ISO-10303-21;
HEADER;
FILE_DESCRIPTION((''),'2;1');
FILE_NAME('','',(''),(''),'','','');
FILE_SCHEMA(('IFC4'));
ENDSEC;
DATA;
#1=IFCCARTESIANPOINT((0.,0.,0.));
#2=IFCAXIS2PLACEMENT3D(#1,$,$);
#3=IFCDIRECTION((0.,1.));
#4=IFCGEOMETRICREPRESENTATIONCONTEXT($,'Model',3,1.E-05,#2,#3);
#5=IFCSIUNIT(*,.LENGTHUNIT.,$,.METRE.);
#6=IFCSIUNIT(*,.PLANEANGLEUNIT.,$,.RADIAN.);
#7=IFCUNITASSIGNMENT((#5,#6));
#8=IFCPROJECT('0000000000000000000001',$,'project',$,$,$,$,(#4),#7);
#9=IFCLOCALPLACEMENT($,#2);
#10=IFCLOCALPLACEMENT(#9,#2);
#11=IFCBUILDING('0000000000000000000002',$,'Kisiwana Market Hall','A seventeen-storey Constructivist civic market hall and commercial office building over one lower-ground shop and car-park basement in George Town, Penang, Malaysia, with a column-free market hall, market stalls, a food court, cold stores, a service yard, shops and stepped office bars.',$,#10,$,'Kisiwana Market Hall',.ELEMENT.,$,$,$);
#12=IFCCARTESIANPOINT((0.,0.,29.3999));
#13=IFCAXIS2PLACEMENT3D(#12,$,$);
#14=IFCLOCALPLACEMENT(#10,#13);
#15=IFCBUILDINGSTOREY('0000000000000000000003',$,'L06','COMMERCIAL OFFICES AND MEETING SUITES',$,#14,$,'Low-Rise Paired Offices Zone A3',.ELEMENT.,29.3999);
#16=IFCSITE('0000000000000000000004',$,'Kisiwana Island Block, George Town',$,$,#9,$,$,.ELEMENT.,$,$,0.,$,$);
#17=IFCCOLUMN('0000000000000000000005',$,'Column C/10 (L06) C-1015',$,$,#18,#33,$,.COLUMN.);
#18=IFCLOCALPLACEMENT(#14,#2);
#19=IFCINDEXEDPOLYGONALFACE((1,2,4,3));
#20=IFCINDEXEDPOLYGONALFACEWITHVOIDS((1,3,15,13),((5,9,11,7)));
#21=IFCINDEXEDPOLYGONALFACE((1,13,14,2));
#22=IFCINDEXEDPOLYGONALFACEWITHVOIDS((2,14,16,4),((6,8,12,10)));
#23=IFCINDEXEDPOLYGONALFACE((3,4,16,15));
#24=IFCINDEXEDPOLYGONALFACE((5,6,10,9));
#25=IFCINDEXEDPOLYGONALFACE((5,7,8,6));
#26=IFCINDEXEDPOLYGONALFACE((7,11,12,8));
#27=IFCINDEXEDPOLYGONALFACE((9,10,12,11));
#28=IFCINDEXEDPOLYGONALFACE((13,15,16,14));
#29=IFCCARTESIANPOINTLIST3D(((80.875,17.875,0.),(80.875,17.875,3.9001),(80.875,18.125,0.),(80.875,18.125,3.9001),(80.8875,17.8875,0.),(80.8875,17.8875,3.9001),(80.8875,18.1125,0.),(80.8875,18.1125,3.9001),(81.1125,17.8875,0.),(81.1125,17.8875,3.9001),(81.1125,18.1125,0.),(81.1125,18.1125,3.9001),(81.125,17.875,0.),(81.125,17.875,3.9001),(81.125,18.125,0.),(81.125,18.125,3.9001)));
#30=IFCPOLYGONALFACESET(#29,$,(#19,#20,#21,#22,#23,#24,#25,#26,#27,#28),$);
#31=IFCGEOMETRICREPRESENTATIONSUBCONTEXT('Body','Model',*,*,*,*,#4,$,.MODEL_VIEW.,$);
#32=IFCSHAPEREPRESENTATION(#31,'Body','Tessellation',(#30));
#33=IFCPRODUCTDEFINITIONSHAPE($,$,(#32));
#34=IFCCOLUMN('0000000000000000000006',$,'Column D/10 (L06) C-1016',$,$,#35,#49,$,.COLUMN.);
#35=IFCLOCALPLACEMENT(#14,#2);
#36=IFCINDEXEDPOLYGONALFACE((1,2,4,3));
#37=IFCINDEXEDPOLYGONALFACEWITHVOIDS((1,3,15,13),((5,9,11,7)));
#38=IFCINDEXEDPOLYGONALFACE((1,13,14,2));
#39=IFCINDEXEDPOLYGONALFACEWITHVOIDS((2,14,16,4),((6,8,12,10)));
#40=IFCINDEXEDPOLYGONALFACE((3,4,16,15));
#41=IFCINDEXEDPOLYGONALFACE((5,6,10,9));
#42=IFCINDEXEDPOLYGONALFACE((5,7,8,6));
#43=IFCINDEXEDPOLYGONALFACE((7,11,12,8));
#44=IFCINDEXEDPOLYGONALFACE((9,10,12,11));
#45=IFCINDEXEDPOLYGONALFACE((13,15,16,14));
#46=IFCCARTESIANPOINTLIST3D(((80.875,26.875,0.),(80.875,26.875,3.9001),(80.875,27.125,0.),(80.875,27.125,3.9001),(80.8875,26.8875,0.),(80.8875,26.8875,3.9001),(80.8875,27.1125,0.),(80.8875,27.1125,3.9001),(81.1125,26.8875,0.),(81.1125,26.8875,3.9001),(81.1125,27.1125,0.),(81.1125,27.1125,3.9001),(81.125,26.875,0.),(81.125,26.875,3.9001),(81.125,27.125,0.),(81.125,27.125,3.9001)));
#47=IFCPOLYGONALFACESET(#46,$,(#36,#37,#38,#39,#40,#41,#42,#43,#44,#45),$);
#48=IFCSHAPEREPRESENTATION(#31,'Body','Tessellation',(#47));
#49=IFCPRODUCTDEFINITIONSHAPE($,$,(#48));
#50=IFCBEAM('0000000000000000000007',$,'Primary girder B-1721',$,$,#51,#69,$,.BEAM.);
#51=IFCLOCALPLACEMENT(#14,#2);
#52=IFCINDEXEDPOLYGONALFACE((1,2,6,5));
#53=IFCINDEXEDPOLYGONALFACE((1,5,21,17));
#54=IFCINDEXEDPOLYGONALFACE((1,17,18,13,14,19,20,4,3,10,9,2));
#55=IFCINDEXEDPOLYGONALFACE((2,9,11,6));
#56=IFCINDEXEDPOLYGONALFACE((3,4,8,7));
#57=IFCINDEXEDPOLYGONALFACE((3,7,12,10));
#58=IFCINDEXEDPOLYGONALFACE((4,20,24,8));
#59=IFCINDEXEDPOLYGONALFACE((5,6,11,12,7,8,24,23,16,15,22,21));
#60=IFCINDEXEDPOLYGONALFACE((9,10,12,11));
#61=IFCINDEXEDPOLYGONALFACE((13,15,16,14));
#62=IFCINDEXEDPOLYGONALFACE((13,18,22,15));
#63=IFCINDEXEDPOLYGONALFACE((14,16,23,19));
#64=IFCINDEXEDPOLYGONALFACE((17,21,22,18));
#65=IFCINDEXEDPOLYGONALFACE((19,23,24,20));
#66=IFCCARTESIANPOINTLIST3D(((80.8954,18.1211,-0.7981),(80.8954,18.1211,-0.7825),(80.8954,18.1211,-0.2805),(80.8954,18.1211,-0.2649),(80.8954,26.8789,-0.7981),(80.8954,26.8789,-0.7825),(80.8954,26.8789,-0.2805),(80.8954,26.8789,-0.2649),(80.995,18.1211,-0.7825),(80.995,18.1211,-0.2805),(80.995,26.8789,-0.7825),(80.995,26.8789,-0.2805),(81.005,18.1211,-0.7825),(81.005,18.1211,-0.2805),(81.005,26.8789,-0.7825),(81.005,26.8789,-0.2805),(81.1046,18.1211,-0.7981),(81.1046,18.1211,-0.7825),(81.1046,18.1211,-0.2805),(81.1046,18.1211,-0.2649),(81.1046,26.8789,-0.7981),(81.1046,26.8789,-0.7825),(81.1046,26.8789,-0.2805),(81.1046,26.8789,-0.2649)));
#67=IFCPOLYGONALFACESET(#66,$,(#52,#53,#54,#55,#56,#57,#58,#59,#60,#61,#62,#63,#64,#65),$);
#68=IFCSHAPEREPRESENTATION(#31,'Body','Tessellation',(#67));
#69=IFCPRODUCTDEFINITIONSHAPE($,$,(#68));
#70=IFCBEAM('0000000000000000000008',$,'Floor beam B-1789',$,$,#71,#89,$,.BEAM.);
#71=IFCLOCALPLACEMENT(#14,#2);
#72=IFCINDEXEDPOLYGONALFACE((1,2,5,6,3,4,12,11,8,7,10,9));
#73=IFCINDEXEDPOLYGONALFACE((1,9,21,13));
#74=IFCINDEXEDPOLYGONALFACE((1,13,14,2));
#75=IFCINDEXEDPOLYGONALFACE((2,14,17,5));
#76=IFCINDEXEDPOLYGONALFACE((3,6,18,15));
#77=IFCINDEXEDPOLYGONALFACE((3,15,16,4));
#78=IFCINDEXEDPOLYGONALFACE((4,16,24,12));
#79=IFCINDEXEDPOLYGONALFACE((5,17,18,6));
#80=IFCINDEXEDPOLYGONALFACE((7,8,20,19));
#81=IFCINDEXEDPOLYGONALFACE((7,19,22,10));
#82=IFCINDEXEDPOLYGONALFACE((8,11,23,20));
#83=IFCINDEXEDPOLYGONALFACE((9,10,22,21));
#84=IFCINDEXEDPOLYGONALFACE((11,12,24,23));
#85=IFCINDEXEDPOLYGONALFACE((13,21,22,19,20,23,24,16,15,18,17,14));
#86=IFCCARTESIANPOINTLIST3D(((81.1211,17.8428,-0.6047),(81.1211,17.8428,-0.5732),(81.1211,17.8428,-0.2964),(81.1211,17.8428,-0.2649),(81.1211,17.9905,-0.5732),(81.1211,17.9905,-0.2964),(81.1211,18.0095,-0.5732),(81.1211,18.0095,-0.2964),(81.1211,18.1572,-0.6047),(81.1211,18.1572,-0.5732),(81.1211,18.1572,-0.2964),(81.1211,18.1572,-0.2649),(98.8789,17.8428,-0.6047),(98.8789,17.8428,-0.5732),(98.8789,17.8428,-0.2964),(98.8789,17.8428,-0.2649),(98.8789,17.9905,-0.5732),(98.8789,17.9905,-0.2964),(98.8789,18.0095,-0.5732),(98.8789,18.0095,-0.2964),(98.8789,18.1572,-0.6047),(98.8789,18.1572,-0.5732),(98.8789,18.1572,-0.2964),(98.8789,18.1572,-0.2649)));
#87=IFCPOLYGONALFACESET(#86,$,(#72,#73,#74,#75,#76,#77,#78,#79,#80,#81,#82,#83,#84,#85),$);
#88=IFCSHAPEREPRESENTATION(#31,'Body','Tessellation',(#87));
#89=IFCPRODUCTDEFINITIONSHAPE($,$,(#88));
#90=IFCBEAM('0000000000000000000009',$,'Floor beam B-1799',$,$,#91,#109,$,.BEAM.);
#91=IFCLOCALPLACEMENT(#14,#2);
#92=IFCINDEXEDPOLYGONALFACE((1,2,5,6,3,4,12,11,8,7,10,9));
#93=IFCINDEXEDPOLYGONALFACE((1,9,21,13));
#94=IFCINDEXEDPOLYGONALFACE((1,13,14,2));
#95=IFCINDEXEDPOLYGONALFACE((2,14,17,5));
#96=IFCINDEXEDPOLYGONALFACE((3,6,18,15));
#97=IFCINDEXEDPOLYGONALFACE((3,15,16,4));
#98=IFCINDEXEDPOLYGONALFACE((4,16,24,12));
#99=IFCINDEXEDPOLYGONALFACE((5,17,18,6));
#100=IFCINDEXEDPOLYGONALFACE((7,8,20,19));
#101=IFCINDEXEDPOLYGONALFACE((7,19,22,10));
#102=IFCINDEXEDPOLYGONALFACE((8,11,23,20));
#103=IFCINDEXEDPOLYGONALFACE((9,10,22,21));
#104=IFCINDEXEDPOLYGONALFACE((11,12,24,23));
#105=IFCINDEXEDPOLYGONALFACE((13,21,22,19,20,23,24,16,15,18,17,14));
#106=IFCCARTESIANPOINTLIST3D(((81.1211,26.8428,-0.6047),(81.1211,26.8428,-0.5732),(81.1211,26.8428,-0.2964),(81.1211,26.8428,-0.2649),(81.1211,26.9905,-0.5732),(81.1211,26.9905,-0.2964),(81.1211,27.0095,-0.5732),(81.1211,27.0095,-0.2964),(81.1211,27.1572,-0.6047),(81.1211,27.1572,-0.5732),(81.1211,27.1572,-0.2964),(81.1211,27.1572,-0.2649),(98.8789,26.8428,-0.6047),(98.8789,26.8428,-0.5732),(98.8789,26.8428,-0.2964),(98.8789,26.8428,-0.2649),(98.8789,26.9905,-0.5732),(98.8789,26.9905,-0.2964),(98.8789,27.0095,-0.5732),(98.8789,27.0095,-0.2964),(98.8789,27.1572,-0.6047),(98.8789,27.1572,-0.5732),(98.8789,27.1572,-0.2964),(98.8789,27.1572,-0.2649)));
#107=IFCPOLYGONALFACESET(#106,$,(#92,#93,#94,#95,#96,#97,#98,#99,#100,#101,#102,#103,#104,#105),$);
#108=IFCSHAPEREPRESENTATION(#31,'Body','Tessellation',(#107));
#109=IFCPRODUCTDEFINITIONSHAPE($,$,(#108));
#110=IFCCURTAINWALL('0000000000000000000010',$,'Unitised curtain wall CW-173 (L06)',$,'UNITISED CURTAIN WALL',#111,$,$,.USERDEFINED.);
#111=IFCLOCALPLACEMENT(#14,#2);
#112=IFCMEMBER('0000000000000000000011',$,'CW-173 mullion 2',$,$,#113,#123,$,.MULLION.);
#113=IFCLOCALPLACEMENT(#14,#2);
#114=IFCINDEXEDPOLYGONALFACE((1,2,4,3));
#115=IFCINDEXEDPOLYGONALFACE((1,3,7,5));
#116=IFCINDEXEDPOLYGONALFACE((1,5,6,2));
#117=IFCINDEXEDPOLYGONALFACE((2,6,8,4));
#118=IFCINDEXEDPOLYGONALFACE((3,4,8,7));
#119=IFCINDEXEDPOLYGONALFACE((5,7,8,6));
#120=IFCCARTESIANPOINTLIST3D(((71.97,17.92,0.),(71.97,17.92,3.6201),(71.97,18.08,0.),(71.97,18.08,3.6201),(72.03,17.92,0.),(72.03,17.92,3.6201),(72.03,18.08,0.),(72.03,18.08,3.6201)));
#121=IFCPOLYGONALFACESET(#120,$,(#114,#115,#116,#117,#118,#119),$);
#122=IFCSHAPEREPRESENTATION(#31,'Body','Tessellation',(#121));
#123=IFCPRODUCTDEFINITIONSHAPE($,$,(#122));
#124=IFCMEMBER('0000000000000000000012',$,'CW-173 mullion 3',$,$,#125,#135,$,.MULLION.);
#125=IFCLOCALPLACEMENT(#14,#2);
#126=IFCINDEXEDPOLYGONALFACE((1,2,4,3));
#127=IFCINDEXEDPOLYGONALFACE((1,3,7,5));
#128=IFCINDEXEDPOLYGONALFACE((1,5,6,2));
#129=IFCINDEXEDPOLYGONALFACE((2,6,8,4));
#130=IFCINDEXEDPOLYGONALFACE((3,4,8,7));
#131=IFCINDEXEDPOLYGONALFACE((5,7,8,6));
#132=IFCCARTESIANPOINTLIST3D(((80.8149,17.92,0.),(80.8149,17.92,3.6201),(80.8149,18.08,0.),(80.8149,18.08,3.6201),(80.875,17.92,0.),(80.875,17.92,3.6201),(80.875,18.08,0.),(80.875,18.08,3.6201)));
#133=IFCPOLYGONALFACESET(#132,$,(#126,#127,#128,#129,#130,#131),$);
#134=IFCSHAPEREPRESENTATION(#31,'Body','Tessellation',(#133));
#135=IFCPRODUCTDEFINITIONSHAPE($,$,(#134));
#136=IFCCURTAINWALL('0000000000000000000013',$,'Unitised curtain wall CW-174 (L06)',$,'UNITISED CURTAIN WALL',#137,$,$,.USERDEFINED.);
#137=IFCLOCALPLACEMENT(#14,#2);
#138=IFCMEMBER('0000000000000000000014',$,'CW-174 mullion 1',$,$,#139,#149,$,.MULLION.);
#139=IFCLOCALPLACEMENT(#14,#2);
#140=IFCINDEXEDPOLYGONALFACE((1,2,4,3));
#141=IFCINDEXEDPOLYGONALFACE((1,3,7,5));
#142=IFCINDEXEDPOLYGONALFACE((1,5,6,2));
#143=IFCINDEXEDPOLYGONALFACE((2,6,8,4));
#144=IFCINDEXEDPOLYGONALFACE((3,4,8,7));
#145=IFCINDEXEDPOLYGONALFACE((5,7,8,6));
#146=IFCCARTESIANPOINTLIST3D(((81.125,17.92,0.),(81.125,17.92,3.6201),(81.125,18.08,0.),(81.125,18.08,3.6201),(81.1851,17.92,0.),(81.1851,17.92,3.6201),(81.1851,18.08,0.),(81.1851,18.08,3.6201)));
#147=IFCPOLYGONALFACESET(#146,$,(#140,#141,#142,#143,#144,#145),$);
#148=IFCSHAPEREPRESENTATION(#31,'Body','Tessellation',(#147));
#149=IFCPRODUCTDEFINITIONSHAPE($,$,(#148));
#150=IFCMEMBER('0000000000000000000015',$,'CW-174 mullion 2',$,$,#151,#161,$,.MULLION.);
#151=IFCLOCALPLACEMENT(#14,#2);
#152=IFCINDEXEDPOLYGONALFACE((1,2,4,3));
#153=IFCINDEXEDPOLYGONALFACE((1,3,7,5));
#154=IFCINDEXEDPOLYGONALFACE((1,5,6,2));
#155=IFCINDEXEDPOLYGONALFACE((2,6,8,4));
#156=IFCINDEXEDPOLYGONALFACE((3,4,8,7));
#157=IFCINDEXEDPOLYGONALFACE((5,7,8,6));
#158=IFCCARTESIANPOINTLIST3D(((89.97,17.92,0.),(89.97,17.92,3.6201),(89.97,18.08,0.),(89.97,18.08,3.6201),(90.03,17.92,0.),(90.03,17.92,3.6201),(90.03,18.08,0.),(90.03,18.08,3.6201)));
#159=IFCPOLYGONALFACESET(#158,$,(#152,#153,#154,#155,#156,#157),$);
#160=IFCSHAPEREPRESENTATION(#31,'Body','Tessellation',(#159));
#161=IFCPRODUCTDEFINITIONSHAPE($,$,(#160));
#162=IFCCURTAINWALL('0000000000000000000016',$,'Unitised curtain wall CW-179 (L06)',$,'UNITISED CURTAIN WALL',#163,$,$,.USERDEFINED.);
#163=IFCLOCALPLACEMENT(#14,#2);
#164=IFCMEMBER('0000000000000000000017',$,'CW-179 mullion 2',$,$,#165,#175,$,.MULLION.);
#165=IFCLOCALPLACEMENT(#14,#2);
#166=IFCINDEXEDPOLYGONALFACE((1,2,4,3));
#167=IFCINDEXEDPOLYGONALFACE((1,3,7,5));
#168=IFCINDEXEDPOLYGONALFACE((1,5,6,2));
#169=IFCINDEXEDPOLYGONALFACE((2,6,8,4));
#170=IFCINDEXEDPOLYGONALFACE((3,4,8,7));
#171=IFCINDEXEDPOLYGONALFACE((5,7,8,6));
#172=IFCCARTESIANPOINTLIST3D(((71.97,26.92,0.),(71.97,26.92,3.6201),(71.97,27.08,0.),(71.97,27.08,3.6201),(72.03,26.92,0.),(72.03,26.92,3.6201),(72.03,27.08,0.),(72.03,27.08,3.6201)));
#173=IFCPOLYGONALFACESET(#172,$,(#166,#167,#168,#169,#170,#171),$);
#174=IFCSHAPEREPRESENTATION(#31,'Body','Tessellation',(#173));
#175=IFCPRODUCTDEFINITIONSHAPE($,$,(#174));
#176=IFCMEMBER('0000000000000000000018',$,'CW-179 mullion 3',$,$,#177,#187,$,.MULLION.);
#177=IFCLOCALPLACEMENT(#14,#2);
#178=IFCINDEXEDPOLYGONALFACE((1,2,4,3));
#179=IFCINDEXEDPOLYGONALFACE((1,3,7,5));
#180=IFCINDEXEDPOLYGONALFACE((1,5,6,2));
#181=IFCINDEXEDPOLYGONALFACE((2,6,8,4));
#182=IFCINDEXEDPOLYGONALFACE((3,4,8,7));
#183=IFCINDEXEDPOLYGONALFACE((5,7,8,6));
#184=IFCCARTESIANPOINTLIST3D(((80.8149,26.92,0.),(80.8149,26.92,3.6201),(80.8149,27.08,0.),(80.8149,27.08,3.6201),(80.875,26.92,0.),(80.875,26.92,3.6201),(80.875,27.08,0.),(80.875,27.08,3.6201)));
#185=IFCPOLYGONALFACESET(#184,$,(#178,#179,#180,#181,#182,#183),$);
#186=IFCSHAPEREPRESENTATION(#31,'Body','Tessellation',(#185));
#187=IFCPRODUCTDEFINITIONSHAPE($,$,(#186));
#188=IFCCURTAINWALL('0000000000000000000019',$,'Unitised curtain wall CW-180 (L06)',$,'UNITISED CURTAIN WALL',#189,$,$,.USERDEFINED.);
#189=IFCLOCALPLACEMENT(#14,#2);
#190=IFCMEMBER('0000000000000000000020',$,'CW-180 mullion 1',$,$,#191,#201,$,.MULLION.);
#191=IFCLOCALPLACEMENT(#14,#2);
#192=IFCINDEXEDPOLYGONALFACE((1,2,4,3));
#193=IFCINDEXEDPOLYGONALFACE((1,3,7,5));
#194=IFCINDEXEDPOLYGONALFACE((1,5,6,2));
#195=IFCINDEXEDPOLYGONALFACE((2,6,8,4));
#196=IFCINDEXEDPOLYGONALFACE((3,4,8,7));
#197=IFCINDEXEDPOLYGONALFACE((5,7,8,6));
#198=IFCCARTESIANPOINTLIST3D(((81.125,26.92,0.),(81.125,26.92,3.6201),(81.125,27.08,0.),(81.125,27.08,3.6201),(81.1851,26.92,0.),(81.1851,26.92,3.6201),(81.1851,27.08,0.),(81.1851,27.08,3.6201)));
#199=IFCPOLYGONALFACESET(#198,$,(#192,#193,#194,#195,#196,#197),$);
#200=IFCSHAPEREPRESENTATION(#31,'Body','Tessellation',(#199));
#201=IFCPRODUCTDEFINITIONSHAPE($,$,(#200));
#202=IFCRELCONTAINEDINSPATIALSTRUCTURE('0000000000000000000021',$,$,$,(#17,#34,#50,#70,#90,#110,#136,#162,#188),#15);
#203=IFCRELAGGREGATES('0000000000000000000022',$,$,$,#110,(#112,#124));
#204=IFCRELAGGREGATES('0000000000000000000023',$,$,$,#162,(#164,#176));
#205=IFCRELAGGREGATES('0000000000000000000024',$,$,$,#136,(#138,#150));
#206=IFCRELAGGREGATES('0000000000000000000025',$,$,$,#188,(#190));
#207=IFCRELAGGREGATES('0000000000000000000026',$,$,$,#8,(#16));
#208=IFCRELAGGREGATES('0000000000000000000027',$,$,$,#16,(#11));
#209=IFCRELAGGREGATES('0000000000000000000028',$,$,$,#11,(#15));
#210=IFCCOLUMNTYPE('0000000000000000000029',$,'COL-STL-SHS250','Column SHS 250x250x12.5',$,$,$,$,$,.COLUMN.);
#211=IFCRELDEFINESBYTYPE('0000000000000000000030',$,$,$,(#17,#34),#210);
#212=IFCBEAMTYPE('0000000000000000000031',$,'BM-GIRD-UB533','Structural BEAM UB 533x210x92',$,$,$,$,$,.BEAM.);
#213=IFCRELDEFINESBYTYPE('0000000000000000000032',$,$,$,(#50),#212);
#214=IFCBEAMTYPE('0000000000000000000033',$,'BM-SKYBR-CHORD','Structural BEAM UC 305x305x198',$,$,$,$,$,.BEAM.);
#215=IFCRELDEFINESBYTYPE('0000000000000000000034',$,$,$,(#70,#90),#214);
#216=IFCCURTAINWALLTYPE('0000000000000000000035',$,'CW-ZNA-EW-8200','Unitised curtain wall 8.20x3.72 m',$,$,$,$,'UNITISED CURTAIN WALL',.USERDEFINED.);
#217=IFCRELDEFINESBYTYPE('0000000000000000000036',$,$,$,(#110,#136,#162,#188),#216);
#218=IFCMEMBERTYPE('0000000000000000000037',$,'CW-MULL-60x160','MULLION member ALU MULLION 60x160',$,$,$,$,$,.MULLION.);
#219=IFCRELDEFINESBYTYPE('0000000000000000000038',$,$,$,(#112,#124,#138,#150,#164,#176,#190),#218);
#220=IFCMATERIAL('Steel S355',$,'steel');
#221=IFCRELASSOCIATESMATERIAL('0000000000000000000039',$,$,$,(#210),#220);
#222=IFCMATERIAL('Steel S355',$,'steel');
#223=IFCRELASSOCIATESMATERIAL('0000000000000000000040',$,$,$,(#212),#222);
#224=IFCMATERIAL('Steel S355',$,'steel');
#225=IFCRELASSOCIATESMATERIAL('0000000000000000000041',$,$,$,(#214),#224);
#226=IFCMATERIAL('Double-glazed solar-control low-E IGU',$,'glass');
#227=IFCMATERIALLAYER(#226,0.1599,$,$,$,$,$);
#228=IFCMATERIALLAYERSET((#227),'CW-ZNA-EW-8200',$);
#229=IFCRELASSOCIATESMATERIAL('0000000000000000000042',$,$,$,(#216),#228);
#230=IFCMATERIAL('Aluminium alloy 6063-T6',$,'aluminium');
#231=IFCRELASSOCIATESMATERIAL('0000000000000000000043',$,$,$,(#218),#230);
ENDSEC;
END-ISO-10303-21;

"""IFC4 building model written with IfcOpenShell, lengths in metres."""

from ifc_helpers import new_model, si_unit, direction, frame, origin, origin_2d, place, context, subcontext, project, spatial, rectangle, hollow_rectangle, i_section, extrude, material, layer, layer_set, material_profile, profile_set, type_object, element, aggregate, save


model = new_model("IFC4")

# Units and contexts
model_context = context("Model", 3, precision=1e-05, world=origin(), true_north=direction((0.0, 1.0)))
body_context = subcontext(model_context, "Body", "Model", "MODEL_VIEW")
ifc_project = project(units=[si_unit("LENGTHUNIT", "METRE"), si_unit("PLANEANGLEUNIT", "RADIAN")], contexts=[model_context])

# Site, building, storey
site_placement = place(None, origin())
site = spatial("IfcSite", under=ifc_project, at=site_placement, Name="Kisiwana Island Block, George Town", CompositionType="ELEMENT", RefElevation=0.0)
building_placement = place(site_placement, origin())
building = spatial("IfcBuilding", under=site, at=building_placement, Name="Kisiwana Market Hall", Description="A seventeen-storey Constructivist civic market hall and commercial office building over one lower-ground shop and car-park basement in George Town, Penang, Malaysia, with a column-free market hall, market stalls, a food court, cold stores, a service yard, shops and stepped office bars.", LongName="Kisiwana Market Hall", CompositionType="ELEMENT")
storey_placement = place(building_placement, frame((0.0, 0.0, 29.3999)))
storey = spatial("IfcBuildingStorey", under=building, at=storey_placement, Name="L06", Description="COMMERCIAL OFFICES AND MEETING SUITES", LongName="Low-Rise Paired Offices Zone A3", CompositionType="ELEMENT", Elevation=29.3999)

# Columns
ifc_material_1 = material(Name="Steel S355", Category="steel")
ifc_material_profile_1 = material_profile(ifc_material_1, hollow_rectangle(XDim=0.25, YDim=0.25, WallThickness=0.0125, at=origin_2d()), Name="SHS 250x250x12.5")
ifc_profile_set_1 = profile_set([ifc_material_profile_1], Name="Steel S355")
column_type = type_object("IfcColumnType", Name="COL-STL-SHS250", Description="Column SHS 250x250x12.5", PredefinedType="COLUMN", material=ifc_profile_set_1)
for number, where, z_axis, x_axis, name in (
    (1, (81.0, 18.0, 0.0), (0.0, 0.0, 1.0), (1.0, 0.0, 0.0), "Column C/10 (L06) C-1015"),
    (2, (81.0, 27.0, 0.0), (0.0, 0.0, 1.0), (1.0, 0.0, 0.0), "Column D/10 (L06) C-1016"),
):
    element("IfcColumn", number, at=place(storey_placement, frame(where, z_axis=z_axis, x_axis=x_axis)), inside=storey, type_object=column_type, Name=name, PredefinedType="COLUMN", context=body_context, shape_type="SweptSolid", body=[
        extrude(hollow_rectangle(XDim=0.25, YDim=0.25, WallThickness=0.0125, at=origin_2d()), origin(), (0.0, 0.0, 1.0), 3.9001),
    ])

# Beams
ifc_material_2 = material(Name="Steel S355", Category="steel")
ifc_material_profile_2 = material_profile(ifc_material_2, i_section(OverallWidth=0.2092, OverallDepth=0.5332, WebThickness=0.01, FlangeThickness=0.0156, at=origin_2d()), Name="UB 533x210x92")
ifc_profile_set_2 = profile_set([ifc_material_profile_2], Name="Steel S355")
beam_type_1 = type_object("IfcBeamType", Name="BM-GIRD-UB533", Description="Structural BEAM UB 533x210x92", PredefinedType="BEAM", material=ifc_profile_set_2)
beam_placement = place(storey_placement, frame((81.0, 18.1211, -0.5315), z_axis=(0.0, 1.0, 0.0), x_axis=(-1.0, 0.0, 0.0)))
element("IfcBeam", 3, at=beam_placement, inside=storey, type_object=beam_type_1, Name="Primary girder B-1721", PredefinedType="BEAM", context=body_context, shape_type="SweptSolid", body=[
    extrude(i_section(OverallWidth=0.2092, OverallDepth=0.5332, WebThickness=0.01, FlangeThickness=0.0156, at=origin_2d()), origin(), (0.0, 0.0, 1.0), 8.7578),
])
ifc_material_3 = material(Name="Steel S355", Category="steel")
ifc_material_profile_3 = material_profile(ifc_material_3, i_section(OverallWidth=0.3145, OverallDepth=0.3398, WebThickness=0.019, FlangeThickness=0.0315, at=origin_2d()), Name="UC 305x305x198")
ifc_profile_set_3 = profile_set([ifc_material_profile_3], Name="Steel S355")
beam_type_2 = type_object("IfcBeamType", Name="BM-SKYBR-CHORD", Description="Structural BEAM UC 305x305x198", PredefinedType="BEAM", material=ifc_profile_set_3)
for number, where, z_axis, x_axis, name in (
    (4, (81.1211, 18.0, -0.4348), (1.0, 0.0, 0.0), (0.0, 1.0, 0.0), "Floor beam B-1789"),
    (5, (81.1211, 27.0, -0.4348), (1.0, 0.0, 0.0), (0.0, 1.0, 0.0), "Floor beam B-1799"),
):
    element("IfcBeam", number, at=place(storey_placement, frame(where, z_axis=z_axis, x_axis=x_axis)), inside=storey, type_object=beam_type_2, Name=name, PredefinedType="BEAM", context=body_context, shape_type="SweptSolid", body=[
        extrude(i_section(OverallWidth=0.3145, OverallDepth=0.3398, WebThickness=0.019, FlangeThickness=0.0315, at=origin_2d()), origin(), (0.0, 0.0, 1.0), 17.7578),
    ])

# Curtain walls, members
ifc_material_4 = material(Name="Double-glazed solar-control low-E IGU", Category="glass")
ifc_layer_1 = layer(ifc_material_4, 0.1599)
ifc_layer_set_1 = layer_set([ifc_layer_1], Name="CW-ZNA-EW-8200")
curtain_wall_type = type_object("IfcCurtainWallType", Name="CW-ZNA-EW-8200", Description="Unitised curtain wall 8.20x3.72 m", ElementType="UNITISED CURTAIN WALL", PredefinedType="USERDEFINED", material=ifc_layer_set_1)
curtain_wall_1_placement = place(storey_placement, origin())
curtain_wall_1 = element("IfcCurtainWall", 6, at=curtain_wall_1_placement, inside=storey, type_object=curtain_wall_type, Name="Unitised curtain wall CW-173 (L06)", ObjectType="UNITISED CURTAIN WALL", PredefinedType="USERDEFINED")
ifc_material_5 = material(Name="Aluminium alloy 6063-T6", Category="aluminium")
ifc_material_profile_4 = material_profile(ifc_material_5, rectangle(XDim=0.0601, YDim=0.1599, at=origin_2d()), Name="ALU MULLION 60x160")
ifc_profile_set_4 = profile_set([ifc_material_profile_4], Name="Aluminium alloy 6063-T6")
member_type_1 = type_object("IfcMemberType", Name="CW-MULL-60x160", Description="MULLION member ALU MULLION 60x160", PredefinedType="MULLION", material=ifc_profile_set_4)
member_1_placement = place(storey_placement, frame((72.0, 18.0, 0.0), z_axis=(0.0, 0.0, 1.0), x_axis=(1.0, 0.0, 0.0)))
member_1 = element("IfcMember", 7, at=member_1_placement, type_object=member_type_1, Name="CW-173 mullion 2", PredefinedType="MULLION", context=body_context, shape_type="SweptSolid", body=[
    extrude(rectangle(XDim=0.0601, YDim=0.1599, at=origin_2d()), origin(), (0.0, 0.0, 1.0), 3.6201),
])
member_2_placement = place(storey_placement, frame((80.845, 18.0, 0.0), z_axis=(0.0, 0.0, 1.0), x_axis=(1.0, 0.0, 0.0)))
member_2 = element("IfcMember", 8, at=member_2_placement, type_object=member_type_1, Name="CW-173 mullion 3", PredefinedType="MULLION", context=body_context, shape_type="SweptSolid", body=[
    extrude(rectangle(XDim=0.0601, YDim=0.1599, at=origin_2d()), origin(), (0.0, 0.0, 1.0), 3.6201),
])
curtain_wall_2_placement = place(storey_placement, origin())
curtain_wall_2 = element("IfcCurtainWall", 9, at=curtain_wall_2_placement, inside=storey, type_object=curtain_wall_type, Name="Unitised curtain wall CW-174 (L06)", ObjectType="UNITISED CURTAIN WALL", PredefinedType="USERDEFINED")
member_3_placement = place(storey_placement, frame((81.155, 18.0, 0.0), z_axis=(0.0, 0.0, 1.0), x_axis=(1.0, 0.0, 0.0)))
member_3 = element("IfcMember", 10, at=member_3_placement, type_object=member_type_1, Name="CW-174 mullion 1", PredefinedType="MULLION", context=body_context, shape_type="SweptSolid", body=[
    extrude(rectangle(XDim=0.0601, YDim=0.1599, at=origin_2d()), origin(), (0.0, 0.0, 1.0), 3.6201),
])
member_4_placement = place(storey_placement, frame((90.0, 18.0, 0.0), z_axis=(0.0, 0.0, 1.0), x_axis=(1.0, 0.0, 0.0)))
member_4 = element("IfcMember", 11, at=member_4_placement, type_object=member_type_1, Name="CW-174 mullion 2", PredefinedType="MULLION", context=body_context, shape_type="SweptSolid", body=[
    extrude(rectangle(XDim=0.0601, YDim=0.1599, at=origin_2d()), origin(), (0.0, 0.0, 1.0), 3.6201),
])
curtain_wall_3_placement = place(storey_placement, origin())
curtain_wall_3 = element("IfcCurtainWall", 12, at=curtain_wall_3_placement, inside=storey, type_object=curtain_wall_type, Name="Unitised curtain wall CW-179 (L06)", ObjectType="UNITISED CURTAIN WALL", PredefinedType="USERDEFINED")
member_5_placement = place(storey_placement, frame((72.0, 27.0, 0.0), z_axis=(0.0, 0.0, 1.0), x_axis=(1.0, 0.0, 0.0)))
member_5 = element("IfcMember", 13, at=member_5_placement, type_object=member_type_1, Name="CW-179 mullion 2", PredefinedType="MULLION", context=body_context, shape_type="SweptSolid", body=[
    extrude(rectangle(XDim=0.0601, YDim=0.1599, at=origin_2d()), origin(), (0.0, 0.0, 1.0), 3.6201),
])
member_6_placement = place(storey_placement, frame((80.845, 27.0, 0.0), z_axis=(0.0, 0.0, 1.0), x_axis=(1.0, 0.0, 0.0)))
member_6 = element("IfcMember", 14, at=member_6_placement, type_object=member_type_1, Name="CW-179 mullion 3", PredefinedType="MULLION", context=body_context, shape_type="SweptSolid", body=[
    extrude(rectangle(XDim=0.0601, YDim=0.1599, at=origin_2d()), origin(), (0.0, 0.0, 1.0), 3.6201),
])
curtain_wall_4_placement = place(storey_placement, origin())
curtain_wall_4 = element("IfcCurtainWall", 15, at=curtain_wall_4_placement, inside=storey, type_object=curtain_wall_type, Name="Unitised curtain wall CW-180 (L06)", ObjectType="UNITISED CURTAIN WALL", PredefinedType="USERDEFINED")
member_7_placement = place(storey_placement, frame((81.155, 27.0, 0.0), z_axis=(0.0, 0.0, 1.0), x_axis=(1.0, 0.0, 0.0)))
member_7 = element("IfcMember", 16, at=member_7_placement, type_object=member_type_1, Name="CW-180 mullion 1", PredefinedType="MULLION", context=body_context, shape_type="SweptSolid", body=[
    extrude(rectangle(XDim=0.0601, YDim=0.1599, at=origin_2d()), origin(), (0.0, 0.0, 1.0), 3.6201),
])

aggregate(curtain_wall_1, [member_1, member_2])
aggregate(curtain_wall_3, [member_5, member_6])
aggregate(curtain_wall_2, [member_3, member_4])
aggregate(curtain_wall_4, [member_7])

save(model, "model.ifc")
